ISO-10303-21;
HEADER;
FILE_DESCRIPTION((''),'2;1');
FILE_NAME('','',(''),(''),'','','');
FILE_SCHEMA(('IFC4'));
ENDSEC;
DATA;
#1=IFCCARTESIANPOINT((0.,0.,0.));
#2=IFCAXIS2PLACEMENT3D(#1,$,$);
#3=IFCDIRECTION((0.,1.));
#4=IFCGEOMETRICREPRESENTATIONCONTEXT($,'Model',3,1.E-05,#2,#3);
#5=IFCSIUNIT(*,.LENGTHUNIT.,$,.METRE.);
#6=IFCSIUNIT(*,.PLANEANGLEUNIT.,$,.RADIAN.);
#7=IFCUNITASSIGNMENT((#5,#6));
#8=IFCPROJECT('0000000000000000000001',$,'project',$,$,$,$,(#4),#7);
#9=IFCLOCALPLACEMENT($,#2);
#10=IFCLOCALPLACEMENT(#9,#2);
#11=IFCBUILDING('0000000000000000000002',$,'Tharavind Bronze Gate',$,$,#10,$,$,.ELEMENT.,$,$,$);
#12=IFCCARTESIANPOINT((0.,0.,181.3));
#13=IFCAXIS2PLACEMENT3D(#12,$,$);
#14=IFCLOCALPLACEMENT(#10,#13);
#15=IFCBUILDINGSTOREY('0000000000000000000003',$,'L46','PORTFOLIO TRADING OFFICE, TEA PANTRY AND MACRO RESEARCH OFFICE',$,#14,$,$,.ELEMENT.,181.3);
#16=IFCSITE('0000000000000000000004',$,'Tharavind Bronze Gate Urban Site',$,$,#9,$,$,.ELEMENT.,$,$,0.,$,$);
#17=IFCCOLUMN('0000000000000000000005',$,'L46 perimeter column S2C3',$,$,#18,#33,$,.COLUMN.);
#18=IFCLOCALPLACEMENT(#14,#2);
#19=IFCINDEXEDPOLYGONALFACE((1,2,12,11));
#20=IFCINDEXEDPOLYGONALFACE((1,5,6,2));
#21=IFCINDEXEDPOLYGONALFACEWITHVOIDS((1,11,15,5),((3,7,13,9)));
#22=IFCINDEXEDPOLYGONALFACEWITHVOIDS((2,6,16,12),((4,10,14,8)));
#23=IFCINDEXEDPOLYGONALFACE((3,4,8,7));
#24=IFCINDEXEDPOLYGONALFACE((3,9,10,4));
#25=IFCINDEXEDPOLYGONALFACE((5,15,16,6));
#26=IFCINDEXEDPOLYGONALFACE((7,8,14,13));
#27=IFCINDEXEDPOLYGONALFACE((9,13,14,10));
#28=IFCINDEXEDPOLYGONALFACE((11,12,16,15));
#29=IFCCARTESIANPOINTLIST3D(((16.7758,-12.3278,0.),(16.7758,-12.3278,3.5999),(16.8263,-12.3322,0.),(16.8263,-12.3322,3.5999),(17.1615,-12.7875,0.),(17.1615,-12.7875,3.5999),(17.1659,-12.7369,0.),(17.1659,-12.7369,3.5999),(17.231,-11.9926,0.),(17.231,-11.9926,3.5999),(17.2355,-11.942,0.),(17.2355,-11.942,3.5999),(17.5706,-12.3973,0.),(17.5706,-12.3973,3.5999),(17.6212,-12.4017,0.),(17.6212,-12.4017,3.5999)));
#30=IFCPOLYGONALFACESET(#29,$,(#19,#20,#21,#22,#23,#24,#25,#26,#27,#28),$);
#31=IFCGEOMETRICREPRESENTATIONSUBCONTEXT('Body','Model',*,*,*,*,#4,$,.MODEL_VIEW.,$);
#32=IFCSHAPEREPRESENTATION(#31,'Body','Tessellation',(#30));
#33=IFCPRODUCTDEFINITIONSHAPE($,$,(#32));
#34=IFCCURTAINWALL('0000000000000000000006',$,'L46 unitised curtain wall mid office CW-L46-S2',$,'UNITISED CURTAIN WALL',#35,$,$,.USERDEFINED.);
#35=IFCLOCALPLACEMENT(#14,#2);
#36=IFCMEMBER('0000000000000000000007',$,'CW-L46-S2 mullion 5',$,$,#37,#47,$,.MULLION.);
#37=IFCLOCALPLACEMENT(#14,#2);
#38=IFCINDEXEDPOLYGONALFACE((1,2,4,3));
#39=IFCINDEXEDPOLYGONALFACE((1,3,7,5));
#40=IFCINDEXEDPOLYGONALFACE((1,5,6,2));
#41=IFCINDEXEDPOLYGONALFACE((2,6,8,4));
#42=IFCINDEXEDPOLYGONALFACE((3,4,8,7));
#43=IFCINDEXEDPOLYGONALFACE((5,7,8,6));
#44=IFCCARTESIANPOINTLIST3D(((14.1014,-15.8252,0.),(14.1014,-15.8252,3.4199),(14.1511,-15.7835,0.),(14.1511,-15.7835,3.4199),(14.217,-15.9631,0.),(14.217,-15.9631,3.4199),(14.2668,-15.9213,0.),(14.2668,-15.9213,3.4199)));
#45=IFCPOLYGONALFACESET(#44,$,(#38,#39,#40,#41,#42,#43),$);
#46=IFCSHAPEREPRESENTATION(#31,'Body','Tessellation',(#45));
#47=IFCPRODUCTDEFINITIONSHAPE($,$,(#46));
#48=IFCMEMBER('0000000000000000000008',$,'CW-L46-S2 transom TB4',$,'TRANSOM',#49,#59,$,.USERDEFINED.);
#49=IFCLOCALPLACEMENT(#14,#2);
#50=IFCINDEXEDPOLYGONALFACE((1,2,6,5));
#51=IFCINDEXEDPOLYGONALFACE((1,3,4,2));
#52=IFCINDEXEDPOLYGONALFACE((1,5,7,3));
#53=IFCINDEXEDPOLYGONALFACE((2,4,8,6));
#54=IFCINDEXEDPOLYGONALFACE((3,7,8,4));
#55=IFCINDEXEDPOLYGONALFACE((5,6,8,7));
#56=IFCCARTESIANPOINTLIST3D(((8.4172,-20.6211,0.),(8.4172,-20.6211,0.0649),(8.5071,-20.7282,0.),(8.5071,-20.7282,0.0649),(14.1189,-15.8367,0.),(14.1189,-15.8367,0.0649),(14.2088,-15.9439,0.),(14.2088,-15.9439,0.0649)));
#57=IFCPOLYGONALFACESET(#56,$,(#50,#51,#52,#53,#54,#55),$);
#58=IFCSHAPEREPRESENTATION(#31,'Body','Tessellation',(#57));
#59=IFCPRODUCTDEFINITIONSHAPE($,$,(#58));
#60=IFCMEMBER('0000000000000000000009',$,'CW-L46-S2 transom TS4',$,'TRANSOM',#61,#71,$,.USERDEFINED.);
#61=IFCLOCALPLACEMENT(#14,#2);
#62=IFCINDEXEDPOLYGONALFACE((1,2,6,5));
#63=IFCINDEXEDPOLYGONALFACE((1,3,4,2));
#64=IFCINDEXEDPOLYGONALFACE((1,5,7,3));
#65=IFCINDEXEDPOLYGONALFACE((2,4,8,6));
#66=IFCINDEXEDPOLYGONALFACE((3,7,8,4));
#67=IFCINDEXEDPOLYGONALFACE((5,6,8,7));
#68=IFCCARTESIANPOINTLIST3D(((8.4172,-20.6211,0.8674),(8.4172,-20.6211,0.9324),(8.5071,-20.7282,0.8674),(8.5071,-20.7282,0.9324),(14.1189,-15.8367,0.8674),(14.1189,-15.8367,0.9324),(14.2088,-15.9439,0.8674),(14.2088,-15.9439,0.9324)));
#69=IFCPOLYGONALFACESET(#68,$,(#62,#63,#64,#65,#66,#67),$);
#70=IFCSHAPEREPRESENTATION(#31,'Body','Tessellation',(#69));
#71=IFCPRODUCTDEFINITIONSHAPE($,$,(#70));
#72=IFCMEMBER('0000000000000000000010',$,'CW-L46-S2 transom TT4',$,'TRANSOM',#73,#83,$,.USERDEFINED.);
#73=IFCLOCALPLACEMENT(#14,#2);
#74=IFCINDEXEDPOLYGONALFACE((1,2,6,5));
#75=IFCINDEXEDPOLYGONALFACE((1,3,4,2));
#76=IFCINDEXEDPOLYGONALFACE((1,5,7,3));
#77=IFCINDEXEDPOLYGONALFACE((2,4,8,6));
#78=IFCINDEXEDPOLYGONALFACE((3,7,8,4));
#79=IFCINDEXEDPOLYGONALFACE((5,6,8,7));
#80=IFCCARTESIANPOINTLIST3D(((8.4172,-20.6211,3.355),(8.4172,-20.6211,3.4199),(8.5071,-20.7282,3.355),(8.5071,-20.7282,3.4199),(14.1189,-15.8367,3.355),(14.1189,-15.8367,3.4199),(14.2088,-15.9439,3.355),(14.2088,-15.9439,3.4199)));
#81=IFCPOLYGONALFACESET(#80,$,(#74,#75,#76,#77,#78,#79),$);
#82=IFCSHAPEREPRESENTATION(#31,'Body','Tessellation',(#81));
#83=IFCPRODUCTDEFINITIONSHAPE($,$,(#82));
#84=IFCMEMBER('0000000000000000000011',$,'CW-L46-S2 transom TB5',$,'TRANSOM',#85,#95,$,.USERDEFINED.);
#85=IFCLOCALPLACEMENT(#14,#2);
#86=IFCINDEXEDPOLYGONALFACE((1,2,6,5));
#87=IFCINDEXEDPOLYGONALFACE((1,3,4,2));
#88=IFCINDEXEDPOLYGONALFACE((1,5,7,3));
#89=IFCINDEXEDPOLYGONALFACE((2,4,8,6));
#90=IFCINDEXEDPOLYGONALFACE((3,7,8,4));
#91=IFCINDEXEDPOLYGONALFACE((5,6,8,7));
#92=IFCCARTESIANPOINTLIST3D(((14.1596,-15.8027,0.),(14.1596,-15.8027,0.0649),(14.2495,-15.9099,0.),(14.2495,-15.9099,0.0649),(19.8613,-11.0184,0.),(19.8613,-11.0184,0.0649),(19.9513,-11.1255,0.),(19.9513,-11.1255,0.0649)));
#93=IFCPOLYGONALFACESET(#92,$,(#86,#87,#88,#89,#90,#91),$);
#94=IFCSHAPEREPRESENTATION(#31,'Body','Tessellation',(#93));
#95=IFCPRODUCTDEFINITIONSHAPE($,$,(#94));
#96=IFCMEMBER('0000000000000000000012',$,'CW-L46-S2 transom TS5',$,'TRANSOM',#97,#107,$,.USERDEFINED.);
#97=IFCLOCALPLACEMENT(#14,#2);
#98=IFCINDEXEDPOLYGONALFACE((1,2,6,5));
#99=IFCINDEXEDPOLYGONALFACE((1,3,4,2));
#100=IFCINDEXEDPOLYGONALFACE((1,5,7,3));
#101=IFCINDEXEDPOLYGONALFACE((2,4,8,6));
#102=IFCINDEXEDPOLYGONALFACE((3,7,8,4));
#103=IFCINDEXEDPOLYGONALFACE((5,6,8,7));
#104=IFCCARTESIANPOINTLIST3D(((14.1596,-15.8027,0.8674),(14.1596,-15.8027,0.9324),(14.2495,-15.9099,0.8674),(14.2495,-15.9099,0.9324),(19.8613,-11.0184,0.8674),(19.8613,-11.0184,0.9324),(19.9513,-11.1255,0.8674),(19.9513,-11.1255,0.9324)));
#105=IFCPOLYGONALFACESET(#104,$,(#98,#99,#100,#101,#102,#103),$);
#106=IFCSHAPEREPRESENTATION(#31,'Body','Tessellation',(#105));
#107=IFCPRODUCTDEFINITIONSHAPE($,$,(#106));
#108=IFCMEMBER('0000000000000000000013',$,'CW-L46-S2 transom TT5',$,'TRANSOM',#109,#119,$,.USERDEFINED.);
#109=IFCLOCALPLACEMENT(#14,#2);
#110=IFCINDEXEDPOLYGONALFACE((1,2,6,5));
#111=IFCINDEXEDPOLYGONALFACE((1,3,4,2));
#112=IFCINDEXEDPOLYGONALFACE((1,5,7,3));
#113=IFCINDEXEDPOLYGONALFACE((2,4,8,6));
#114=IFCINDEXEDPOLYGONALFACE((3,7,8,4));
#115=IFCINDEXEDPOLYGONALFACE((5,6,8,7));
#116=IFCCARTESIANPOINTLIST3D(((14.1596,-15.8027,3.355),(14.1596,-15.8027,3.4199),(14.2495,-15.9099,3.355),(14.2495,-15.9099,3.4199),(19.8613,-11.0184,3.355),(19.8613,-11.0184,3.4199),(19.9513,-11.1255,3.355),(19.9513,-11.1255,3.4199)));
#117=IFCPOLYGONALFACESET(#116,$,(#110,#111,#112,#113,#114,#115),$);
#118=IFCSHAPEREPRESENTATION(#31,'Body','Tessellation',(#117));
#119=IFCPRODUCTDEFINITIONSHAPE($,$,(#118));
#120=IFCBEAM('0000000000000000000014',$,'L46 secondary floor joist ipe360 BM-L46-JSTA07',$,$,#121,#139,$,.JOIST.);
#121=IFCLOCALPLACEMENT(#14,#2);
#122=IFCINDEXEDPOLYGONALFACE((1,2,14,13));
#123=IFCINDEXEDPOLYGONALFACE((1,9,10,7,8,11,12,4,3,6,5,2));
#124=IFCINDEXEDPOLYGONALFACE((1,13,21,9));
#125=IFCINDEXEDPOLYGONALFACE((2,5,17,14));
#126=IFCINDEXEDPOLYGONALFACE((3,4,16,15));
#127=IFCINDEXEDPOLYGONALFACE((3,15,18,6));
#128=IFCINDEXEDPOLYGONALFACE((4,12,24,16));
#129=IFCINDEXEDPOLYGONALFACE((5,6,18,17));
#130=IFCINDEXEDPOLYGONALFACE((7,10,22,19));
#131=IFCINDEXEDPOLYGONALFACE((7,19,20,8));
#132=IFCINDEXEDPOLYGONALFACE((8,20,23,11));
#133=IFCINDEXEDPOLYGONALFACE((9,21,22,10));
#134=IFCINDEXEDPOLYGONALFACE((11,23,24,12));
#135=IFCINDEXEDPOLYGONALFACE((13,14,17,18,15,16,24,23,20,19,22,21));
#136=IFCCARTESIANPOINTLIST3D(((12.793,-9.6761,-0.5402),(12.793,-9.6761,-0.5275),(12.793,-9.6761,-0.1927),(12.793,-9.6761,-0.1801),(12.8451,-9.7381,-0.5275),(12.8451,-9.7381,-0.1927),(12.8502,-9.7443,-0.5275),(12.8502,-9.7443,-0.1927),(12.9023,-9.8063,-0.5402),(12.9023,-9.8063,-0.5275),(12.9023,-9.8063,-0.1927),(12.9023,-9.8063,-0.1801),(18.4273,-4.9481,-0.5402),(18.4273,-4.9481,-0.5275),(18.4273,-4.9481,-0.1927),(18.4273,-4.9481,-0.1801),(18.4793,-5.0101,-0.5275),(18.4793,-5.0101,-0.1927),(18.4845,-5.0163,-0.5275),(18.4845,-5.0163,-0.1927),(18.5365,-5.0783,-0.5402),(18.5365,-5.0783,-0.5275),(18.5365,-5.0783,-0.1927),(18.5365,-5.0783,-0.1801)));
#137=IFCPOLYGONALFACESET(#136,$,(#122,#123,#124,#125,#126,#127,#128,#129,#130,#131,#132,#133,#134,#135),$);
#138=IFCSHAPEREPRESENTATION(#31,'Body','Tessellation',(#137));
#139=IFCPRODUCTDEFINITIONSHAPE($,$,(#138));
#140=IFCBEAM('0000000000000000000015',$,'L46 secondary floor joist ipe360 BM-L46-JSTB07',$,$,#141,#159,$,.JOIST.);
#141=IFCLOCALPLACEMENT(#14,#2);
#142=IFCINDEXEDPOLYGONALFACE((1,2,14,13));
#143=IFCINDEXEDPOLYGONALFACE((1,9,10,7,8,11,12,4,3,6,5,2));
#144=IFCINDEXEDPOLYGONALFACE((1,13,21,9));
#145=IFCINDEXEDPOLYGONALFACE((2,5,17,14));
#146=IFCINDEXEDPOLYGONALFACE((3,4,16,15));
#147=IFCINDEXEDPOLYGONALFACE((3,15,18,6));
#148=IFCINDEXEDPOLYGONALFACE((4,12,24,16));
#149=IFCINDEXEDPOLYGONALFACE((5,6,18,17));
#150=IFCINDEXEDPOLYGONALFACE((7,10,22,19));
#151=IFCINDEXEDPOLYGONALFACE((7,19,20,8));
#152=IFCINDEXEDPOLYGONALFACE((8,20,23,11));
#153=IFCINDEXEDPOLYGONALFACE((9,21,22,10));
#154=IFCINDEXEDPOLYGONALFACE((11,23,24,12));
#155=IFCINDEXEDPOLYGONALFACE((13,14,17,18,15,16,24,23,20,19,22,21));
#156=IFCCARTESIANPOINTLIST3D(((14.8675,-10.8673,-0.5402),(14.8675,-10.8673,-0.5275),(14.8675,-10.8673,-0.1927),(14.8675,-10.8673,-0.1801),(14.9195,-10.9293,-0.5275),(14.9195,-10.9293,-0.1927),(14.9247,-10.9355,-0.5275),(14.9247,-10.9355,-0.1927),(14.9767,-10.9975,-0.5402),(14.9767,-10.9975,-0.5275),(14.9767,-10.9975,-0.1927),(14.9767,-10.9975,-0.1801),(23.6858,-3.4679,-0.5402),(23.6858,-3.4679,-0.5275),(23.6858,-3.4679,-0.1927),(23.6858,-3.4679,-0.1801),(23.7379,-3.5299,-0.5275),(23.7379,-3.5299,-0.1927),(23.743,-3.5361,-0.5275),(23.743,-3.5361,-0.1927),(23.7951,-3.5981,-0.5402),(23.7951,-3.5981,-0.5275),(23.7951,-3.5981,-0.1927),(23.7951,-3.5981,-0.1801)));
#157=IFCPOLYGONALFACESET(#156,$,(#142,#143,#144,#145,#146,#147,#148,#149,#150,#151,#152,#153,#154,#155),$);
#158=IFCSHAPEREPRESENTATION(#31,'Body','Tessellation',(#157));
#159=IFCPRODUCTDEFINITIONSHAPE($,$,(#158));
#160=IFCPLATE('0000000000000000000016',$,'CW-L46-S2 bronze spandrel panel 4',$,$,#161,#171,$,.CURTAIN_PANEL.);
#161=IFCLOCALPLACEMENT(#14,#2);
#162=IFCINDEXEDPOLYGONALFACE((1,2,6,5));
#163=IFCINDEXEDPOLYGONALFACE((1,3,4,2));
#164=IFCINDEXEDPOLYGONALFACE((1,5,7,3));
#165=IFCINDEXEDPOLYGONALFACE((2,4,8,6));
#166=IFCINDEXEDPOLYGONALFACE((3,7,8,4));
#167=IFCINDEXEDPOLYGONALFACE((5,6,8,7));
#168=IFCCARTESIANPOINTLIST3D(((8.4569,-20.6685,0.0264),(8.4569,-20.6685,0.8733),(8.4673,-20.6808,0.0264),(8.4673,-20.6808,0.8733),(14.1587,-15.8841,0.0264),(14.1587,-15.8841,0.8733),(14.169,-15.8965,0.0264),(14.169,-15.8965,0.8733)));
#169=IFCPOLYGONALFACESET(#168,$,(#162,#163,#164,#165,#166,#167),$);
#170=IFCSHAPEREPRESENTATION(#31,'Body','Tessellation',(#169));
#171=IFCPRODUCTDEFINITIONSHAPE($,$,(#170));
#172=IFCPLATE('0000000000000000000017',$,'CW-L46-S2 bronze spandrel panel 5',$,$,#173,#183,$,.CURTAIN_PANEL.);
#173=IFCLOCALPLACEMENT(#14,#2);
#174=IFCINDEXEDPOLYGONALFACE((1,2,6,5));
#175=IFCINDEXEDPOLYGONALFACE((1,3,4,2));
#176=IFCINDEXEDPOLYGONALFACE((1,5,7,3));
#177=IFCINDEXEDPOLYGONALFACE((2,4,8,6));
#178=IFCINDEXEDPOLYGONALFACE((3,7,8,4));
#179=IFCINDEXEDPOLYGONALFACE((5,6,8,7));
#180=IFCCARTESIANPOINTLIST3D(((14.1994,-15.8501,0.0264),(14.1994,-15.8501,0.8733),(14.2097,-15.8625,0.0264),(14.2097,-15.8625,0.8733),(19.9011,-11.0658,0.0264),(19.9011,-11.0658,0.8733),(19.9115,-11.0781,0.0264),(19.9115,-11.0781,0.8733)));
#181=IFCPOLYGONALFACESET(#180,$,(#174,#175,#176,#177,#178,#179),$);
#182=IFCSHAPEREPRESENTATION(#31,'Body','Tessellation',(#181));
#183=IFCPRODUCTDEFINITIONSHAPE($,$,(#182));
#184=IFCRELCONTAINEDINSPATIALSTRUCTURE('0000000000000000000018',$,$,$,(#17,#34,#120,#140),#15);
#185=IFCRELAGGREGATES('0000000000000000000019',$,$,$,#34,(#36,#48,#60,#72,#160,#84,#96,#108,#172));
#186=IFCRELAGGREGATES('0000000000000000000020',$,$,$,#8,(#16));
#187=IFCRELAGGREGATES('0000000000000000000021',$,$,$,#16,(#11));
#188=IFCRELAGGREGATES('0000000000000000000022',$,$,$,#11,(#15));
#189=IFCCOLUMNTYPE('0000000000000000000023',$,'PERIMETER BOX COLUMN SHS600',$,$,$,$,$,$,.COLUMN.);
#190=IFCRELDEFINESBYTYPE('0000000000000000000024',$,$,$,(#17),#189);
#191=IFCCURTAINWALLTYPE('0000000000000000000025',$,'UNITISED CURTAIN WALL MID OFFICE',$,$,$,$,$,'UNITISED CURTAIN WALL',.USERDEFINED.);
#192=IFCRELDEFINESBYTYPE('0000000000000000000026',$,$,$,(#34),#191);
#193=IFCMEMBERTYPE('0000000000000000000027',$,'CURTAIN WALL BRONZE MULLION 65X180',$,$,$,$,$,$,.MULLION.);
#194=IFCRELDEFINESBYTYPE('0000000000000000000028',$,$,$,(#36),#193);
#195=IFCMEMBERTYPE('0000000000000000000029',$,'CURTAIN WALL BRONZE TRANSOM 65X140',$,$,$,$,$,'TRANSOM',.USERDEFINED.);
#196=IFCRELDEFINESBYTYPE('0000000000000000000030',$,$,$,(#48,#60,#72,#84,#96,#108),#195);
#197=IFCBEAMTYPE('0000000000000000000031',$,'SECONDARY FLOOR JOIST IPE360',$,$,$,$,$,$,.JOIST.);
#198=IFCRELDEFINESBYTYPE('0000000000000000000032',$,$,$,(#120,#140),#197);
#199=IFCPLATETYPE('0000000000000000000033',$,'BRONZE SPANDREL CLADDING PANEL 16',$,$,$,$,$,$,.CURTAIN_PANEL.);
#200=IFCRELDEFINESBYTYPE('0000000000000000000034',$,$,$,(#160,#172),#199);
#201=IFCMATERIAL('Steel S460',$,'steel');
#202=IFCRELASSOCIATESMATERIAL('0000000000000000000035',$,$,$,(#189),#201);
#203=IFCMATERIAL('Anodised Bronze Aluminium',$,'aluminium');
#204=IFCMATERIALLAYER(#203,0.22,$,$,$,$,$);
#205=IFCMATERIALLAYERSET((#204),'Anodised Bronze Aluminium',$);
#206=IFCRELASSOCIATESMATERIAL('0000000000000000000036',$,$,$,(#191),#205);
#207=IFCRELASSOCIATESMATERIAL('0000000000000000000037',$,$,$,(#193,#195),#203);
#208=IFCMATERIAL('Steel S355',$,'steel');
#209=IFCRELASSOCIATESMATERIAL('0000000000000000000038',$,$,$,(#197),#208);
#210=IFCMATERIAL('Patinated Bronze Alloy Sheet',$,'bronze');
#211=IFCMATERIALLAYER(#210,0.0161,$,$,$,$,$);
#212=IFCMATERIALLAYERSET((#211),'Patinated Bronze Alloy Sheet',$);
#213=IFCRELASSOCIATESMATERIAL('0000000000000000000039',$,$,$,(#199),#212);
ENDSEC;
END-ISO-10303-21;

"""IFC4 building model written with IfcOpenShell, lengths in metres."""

from ifc_helpers import new_model, si_unit, direction, frame, origin, origin_2d, place, context, subcontext, project, spatial, rectangle, hollow_rectangle, i_section, extrude, material, layer, layer_set, material_profile, profile_set, type_object, element, aggregate, save


model = new_model("IFC4")

# Units and contexts
model_context = context("Model", 3, precision=1e-05, world=origin(), true_north=direction((0.0, 1.0)))
body_context = subcontext(model_context, "Body", "Model", "MODEL_VIEW")
ifc_project = project(units=[si_unit("LENGTHUNIT", "METRE"), si_unit("PLANEANGLEUNIT", "RADIAN")], contexts=[model_context])

# Site, building, storey
site_placement = place(None, origin())
site = spatial("IfcSite", under=ifc_project, at=site_placement, Name="Tharavind Bronze Gate Urban Site", CompositionType="ELEMENT", RefElevation=0.0)
building_placement = place(site_placement, origin())
building = spatial("IfcBuilding", under=site, at=building_placement, Name="Tharavind Bronze Gate", CompositionType="ELEMENT")
storey_placement = place(building_placement, frame((0.0, 0.0, 181.3)))
storey = spatial("IfcBuildingStorey", under=building, at=storey_placement, Name="L46", Description="PORTFOLIO TRADING OFFICE, TEA PANTRY AND MACRO RESEARCH OFFICE", CompositionType="ELEMENT", Elevation=181.3)

# Column
ifc_material_1 = material(Name="Steel S460", Category="steel")
ifc_material_profile_1 = material_profile(ifc_material_1, hollow_rectangle(XDim=0.6001, YDim=0.6001, WallThickness=0.0359, at=origin_2d()), Name="SHS600X36")
ifc_profile_set_1 = profile_set([ifc_material_profile_1], Name="Steel S460")
column_type = type_object("IfcColumnType", Name="PERIMETER BOX COLUMN SHS600", PredefinedType="COLUMN", material=ifc_profile_set_1)
column_placement = place(storey_placement, frame((17.1985, -12.3647, 0.0), z_axis=(0.0, 0.0, 1.0), x_axis=(0.766043, 0.642789, 0.0)))
element("IfcColumn", 1, at=column_placement, inside=storey, type_object=column_type, Name="L46 perimeter column S2C3", PredefinedType="COLUMN", context=body_context, shape_type="SweptSolid", body=[
    extrude(hollow_rectangle(XDim=0.6001, YDim=0.6001, WallThickness=0.0359, at=origin_2d()), origin(), (0.0, 0.0, 1.0), 3.5999),
])

# Curtain wall, members
ifc_material_2 = material(Name="Anodised Bronze Aluminium", Category="aluminium")
ifc_layer_1 = layer(ifc_material_2, 0.22)
ifc_layer_set_1 = layer_set([ifc_layer_1], Name="Anodised Bronze Aluminium")
curtain_wall_type = type_object("IfcCurtainWallType", Name="UNITISED CURTAIN WALL MID OFFICE", ElementType="UNITISED CURTAIN WALL", PredefinedType="USERDEFINED", material=ifc_layer_set_1)
curtain_wall_placement = place(storey_placement, origin())
curtain_wall = element("IfcCurtainWall", 2, at=curtain_wall_placement, inside=storey, type_object=curtain_wall_type, Name="L46 unitised curtain wall mid office CW-L46-S2", ObjectType="UNITISED CURTAIN WALL", PredefinedType="USERDEFINED")
member_type_1 = type_object("IfcMemberType", Name="CURTAIN WALL BRONZE MULLION 65X180", PredefinedType="MULLION", material=ifc_material_2)
member_1_placement = place(storey_placement, frame((14.1841, -15.8733, 0.0), z_axis=(0.0, 0.0, 1.0), x_axis=(0.766043, 0.642789, 0.0)))
member_1 = element("IfcMember", 3, at=member_1_placement, type_object=member_type_1, Name="CW-L46-S2 mullion 5", PredefinedType="MULLION", context=body_context, shape_type="SweptSolid", body=[
    extrude(rectangle(XDim=0.0649, YDim=0.1799, at=origin_2d()), origin(), (0.0, 0.0, 1.0), 3.4199),
])
member_type_2 = type_object("IfcMemberType", Name="CURTAIN WALL BRONZE TRANSOM 65X140", ElementType="TRANSOM", PredefinedType="USERDEFINED", material=ifc_material_2)
member_2_placement = place(storey_placement, frame((11.313, -18.2825, 0.0), z_axis=(0.0, 0.0, 1.0), x_axis=(0.766043, 0.642789, 0.0)))
member_2 = element("IfcMember", 4, at=member_2_placement, type_object=member_type_2, Name="CW-L46-S2 transom TB4", ObjectType="TRANSOM", PredefinedType="USERDEFINED", context=body_context, shape_type="SweptSolid", body=[
    extrude(rectangle(XDim=7.4431, YDim=0.1399, at=origin_2d()), origin(), (0.0, 0.0, 1.0), 0.0649),
])
member_3_placement = place(storey_placement, frame((11.313, -18.2825, 0.8674), z_axis=(0.0, 0.0, 1.0), x_axis=(0.766043, 0.642789, 0.0)))
member_3 = element("IfcMember", 5, at=member_3_placement, type_object=member_type_2, Name="CW-L46-S2 transom TS4", ObjectType="TRANSOM", PredefinedType="USERDEFINED", context=body_context, shape_type="SweptSolid", body=[
    extrude(rectangle(XDim=7.4431, YDim=0.1399, at=origin_2d()), origin(), (0.0, 0.0, 1.0), 0.0649),
])
member_4_placement = place(storey_placement, frame((11.313, -18.2825, 3.355), z_axis=(0.0, 0.0, 1.0), x_axis=(0.766043, 0.642789, 0.0)))
member_4 = element("IfcMember", 6, at=member_4_placement, type_object=member_type_2, Name="CW-L46-S2 transom TT4", ObjectType="TRANSOM", PredefinedType="USERDEFINED", context=body_context, shape_type="SweptSolid", body=[
    extrude(rectangle(XDim=7.4431, YDim=0.1399, at=origin_2d()), origin(), (0.0, 0.0, 1.0), 0.0649),
])
member_5_placement = place(storey_placement, frame((17.0554, -13.4641, 0.0), z_axis=(0.0, 0.0, 1.0), x_axis=(0.766043, 0.642789, 0.0)))
member_5 = element("IfcMember", 7, at=member_5_placement, type_object=member_type_2, Name="CW-L46-S2 transom TB5", ObjectType="TRANSOM", PredefinedType="USERDEFINED", context=body_context, shape_type="SweptSolid", body=[
    extrude(rectangle(XDim=7.4431, YDim=0.1399, at=origin_2d()), origin(), (0.0, 0.0, 1.0), 0.0649),
])
member_6_placement = place(storey_placement, frame((17.0554, -13.4641, 0.8674), z_axis=(0.0, 0.0, 1.0), x_axis=(0.766043, 0.642789, 0.0)))
member_6 = element("IfcMember", 8, at=member_6_placement, type_object=member_type_2, Name="CW-L46-S2 transom TS5", ObjectType="TRANSOM", PredefinedType="USERDEFINED", context=body_context, shape_type="SweptSolid", body=[
    extrude(rectangle(XDim=7.4431, YDim=0.1399, at=origin_2d()), origin(), (0.0, 0.0, 1.0), 0.0649),
])
member_7_placement = place(storey_placement, frame((17.0554, -13.4641, 3.355), z_axis=(0.0, 0.0, 1.0), x_axis=(0.766043, 0.642789, 0.0)))
member_7 = element("IfcMember", 9, at=member_7_placement, type_object=member_type_2, Name="CW-L46-S2 transom TT5", ObjectType="TRANSOM", PredefinedType="USERDEFINED", context=body_context, shape_type="SweptSolid", body=[
    extrude(rectangle(XDim=7.4431, YDim=0.1399, at=origin_2d()), origin(), (0.0, 0.0, 1.0), 0.0649),
])

# Beams
ifc_material_3 = material(Name="Steel S355", Category="steel")
ifc_material_profile_2 = material_profile(ifc_material_3, i_section(OverallWidth=0.1699, OverallDepth=0.3601, WebThickness=0.0081, FlangeThickness=0.0127, at=origin_2d()), Name="IPE360")
ifc_profile_set_2 = profile_set([ifc_material_profile_2], Name="Steel S355")
beam_type = type_object("IfcBeamType", Name="SECONDARY FLOOR JOIST IPE360", PredefinedType="JOIST", material=ifc_profile_set_2)
beam_1_placement = place(storey_placement, frame((12.8477, -9.7412, -0.3601), z_axis=(0.766024, 0.642812, 0.0), x_axis=(-0.642812, 0.766024, 0.0)))
element("IfcBeam", 10, at=beam_1_placement, inside=storey, type_object=beam_type, Name="L46 secondary floor joist ipe360 BM-L46-JSTA07", PredefinedType="JOIST", context=body_context, shape_type="SweptSolid", body=[
    extrude(i_section(OverallWidth=0.1699, OverallDepth=0.3601, WebThickness=0.0081, FlangeThickness=0.0127, at=origin_2d()), origin(), (0.0, 0.0, 1.0), 7.3552),
])
beam_2_placement = place(storey_placement, frame((14.9221, -10.9324, -0.3601), z_axis=(0.766047, 0.642784, 0.0), x_axis=(-0.642784, 0.766047, 0.0)))
element("IfcBeam", 11, at=beam_2_placement, inside=storey, type_object=beam_type, Name="L46 secondary floor joist ipe360 BM-L46-JSTB07", PredefinedType="JOIST", context=body_context, shape_type="SweptSolid", body=[
    extrude(i_section(OverallWidth=0.1699, OverallDepth=0.3601, WebThickness=0.0081, FlangeThickness=0.0127, at=origin_2d()), origin(), (0.0, 0.0, 1.0), 11.5115),
])

# Plates
ifc_material_4 = material(Name="Patinated Bronze Alloy Sheet", Category="bronze")
ifc_layer_2 = layer(ifc_material_4, 0.0161)
ifc_layer_set_2 = layer_set([ifc_layer_2], Name="Patinated Bronze Alloy Sheet")
plate_type_1 = type_object("IfcPlateType", Name="BRONZE SPANDREL CLADDING PANEL 16", PredefinedType="CURTAIN_PANEL", material=ifc_layer_set_2)
plate_1_placement = place(storey_placement, frame((11.313, -18.2825, 0.0264), z_axis=(0.0, 0.0, 1.0), x_axis=(0.766043, 0.642789, 0.0)))
plate_1 = element("IfcPlate", 12, at=plate_1_placement, type_object=plate_type_1, Name="CW-L46-S2 bronze spandrel panel 4", PredefinedType="CURTAIN_PANEL", context=body_context, shape_type="SweptSolid", body=[
    extrude(rectangle(XDim=7.4431, YDim=0.0161, at=origin_2d()), origin(), (0.0, 0.0, 1.0), 0.8469),
])
plate_2_placement = place(storey_placement, frame((17.0554, -13.4641, 0.0264), z_axis=(0.0, 0.0, 1.0), x_axis=(0.766043, 0.642789, 0.0)))
plate_2 = element("IfcPlate", 13, at=plate_2_placement, type_object=plate_type_1, Name="CW-L46-S2 bronze spandrel panel 5", PredefinedType="CURTAIN_PANEL", context=body_context, shape_type="SweptSolid", body=[
    extrude(rectangle(XDim=7.4431, YDim=0.0161, at=origin_2d()), origin(), (0.0, 0.0, 1.0), 0.8469),
])
aggregate(curtain_wall, [member_1, member_2, member_3, member_4, plate_1, member_5, member_6, member_7, plate_2])

save(model, "model.ifc")
